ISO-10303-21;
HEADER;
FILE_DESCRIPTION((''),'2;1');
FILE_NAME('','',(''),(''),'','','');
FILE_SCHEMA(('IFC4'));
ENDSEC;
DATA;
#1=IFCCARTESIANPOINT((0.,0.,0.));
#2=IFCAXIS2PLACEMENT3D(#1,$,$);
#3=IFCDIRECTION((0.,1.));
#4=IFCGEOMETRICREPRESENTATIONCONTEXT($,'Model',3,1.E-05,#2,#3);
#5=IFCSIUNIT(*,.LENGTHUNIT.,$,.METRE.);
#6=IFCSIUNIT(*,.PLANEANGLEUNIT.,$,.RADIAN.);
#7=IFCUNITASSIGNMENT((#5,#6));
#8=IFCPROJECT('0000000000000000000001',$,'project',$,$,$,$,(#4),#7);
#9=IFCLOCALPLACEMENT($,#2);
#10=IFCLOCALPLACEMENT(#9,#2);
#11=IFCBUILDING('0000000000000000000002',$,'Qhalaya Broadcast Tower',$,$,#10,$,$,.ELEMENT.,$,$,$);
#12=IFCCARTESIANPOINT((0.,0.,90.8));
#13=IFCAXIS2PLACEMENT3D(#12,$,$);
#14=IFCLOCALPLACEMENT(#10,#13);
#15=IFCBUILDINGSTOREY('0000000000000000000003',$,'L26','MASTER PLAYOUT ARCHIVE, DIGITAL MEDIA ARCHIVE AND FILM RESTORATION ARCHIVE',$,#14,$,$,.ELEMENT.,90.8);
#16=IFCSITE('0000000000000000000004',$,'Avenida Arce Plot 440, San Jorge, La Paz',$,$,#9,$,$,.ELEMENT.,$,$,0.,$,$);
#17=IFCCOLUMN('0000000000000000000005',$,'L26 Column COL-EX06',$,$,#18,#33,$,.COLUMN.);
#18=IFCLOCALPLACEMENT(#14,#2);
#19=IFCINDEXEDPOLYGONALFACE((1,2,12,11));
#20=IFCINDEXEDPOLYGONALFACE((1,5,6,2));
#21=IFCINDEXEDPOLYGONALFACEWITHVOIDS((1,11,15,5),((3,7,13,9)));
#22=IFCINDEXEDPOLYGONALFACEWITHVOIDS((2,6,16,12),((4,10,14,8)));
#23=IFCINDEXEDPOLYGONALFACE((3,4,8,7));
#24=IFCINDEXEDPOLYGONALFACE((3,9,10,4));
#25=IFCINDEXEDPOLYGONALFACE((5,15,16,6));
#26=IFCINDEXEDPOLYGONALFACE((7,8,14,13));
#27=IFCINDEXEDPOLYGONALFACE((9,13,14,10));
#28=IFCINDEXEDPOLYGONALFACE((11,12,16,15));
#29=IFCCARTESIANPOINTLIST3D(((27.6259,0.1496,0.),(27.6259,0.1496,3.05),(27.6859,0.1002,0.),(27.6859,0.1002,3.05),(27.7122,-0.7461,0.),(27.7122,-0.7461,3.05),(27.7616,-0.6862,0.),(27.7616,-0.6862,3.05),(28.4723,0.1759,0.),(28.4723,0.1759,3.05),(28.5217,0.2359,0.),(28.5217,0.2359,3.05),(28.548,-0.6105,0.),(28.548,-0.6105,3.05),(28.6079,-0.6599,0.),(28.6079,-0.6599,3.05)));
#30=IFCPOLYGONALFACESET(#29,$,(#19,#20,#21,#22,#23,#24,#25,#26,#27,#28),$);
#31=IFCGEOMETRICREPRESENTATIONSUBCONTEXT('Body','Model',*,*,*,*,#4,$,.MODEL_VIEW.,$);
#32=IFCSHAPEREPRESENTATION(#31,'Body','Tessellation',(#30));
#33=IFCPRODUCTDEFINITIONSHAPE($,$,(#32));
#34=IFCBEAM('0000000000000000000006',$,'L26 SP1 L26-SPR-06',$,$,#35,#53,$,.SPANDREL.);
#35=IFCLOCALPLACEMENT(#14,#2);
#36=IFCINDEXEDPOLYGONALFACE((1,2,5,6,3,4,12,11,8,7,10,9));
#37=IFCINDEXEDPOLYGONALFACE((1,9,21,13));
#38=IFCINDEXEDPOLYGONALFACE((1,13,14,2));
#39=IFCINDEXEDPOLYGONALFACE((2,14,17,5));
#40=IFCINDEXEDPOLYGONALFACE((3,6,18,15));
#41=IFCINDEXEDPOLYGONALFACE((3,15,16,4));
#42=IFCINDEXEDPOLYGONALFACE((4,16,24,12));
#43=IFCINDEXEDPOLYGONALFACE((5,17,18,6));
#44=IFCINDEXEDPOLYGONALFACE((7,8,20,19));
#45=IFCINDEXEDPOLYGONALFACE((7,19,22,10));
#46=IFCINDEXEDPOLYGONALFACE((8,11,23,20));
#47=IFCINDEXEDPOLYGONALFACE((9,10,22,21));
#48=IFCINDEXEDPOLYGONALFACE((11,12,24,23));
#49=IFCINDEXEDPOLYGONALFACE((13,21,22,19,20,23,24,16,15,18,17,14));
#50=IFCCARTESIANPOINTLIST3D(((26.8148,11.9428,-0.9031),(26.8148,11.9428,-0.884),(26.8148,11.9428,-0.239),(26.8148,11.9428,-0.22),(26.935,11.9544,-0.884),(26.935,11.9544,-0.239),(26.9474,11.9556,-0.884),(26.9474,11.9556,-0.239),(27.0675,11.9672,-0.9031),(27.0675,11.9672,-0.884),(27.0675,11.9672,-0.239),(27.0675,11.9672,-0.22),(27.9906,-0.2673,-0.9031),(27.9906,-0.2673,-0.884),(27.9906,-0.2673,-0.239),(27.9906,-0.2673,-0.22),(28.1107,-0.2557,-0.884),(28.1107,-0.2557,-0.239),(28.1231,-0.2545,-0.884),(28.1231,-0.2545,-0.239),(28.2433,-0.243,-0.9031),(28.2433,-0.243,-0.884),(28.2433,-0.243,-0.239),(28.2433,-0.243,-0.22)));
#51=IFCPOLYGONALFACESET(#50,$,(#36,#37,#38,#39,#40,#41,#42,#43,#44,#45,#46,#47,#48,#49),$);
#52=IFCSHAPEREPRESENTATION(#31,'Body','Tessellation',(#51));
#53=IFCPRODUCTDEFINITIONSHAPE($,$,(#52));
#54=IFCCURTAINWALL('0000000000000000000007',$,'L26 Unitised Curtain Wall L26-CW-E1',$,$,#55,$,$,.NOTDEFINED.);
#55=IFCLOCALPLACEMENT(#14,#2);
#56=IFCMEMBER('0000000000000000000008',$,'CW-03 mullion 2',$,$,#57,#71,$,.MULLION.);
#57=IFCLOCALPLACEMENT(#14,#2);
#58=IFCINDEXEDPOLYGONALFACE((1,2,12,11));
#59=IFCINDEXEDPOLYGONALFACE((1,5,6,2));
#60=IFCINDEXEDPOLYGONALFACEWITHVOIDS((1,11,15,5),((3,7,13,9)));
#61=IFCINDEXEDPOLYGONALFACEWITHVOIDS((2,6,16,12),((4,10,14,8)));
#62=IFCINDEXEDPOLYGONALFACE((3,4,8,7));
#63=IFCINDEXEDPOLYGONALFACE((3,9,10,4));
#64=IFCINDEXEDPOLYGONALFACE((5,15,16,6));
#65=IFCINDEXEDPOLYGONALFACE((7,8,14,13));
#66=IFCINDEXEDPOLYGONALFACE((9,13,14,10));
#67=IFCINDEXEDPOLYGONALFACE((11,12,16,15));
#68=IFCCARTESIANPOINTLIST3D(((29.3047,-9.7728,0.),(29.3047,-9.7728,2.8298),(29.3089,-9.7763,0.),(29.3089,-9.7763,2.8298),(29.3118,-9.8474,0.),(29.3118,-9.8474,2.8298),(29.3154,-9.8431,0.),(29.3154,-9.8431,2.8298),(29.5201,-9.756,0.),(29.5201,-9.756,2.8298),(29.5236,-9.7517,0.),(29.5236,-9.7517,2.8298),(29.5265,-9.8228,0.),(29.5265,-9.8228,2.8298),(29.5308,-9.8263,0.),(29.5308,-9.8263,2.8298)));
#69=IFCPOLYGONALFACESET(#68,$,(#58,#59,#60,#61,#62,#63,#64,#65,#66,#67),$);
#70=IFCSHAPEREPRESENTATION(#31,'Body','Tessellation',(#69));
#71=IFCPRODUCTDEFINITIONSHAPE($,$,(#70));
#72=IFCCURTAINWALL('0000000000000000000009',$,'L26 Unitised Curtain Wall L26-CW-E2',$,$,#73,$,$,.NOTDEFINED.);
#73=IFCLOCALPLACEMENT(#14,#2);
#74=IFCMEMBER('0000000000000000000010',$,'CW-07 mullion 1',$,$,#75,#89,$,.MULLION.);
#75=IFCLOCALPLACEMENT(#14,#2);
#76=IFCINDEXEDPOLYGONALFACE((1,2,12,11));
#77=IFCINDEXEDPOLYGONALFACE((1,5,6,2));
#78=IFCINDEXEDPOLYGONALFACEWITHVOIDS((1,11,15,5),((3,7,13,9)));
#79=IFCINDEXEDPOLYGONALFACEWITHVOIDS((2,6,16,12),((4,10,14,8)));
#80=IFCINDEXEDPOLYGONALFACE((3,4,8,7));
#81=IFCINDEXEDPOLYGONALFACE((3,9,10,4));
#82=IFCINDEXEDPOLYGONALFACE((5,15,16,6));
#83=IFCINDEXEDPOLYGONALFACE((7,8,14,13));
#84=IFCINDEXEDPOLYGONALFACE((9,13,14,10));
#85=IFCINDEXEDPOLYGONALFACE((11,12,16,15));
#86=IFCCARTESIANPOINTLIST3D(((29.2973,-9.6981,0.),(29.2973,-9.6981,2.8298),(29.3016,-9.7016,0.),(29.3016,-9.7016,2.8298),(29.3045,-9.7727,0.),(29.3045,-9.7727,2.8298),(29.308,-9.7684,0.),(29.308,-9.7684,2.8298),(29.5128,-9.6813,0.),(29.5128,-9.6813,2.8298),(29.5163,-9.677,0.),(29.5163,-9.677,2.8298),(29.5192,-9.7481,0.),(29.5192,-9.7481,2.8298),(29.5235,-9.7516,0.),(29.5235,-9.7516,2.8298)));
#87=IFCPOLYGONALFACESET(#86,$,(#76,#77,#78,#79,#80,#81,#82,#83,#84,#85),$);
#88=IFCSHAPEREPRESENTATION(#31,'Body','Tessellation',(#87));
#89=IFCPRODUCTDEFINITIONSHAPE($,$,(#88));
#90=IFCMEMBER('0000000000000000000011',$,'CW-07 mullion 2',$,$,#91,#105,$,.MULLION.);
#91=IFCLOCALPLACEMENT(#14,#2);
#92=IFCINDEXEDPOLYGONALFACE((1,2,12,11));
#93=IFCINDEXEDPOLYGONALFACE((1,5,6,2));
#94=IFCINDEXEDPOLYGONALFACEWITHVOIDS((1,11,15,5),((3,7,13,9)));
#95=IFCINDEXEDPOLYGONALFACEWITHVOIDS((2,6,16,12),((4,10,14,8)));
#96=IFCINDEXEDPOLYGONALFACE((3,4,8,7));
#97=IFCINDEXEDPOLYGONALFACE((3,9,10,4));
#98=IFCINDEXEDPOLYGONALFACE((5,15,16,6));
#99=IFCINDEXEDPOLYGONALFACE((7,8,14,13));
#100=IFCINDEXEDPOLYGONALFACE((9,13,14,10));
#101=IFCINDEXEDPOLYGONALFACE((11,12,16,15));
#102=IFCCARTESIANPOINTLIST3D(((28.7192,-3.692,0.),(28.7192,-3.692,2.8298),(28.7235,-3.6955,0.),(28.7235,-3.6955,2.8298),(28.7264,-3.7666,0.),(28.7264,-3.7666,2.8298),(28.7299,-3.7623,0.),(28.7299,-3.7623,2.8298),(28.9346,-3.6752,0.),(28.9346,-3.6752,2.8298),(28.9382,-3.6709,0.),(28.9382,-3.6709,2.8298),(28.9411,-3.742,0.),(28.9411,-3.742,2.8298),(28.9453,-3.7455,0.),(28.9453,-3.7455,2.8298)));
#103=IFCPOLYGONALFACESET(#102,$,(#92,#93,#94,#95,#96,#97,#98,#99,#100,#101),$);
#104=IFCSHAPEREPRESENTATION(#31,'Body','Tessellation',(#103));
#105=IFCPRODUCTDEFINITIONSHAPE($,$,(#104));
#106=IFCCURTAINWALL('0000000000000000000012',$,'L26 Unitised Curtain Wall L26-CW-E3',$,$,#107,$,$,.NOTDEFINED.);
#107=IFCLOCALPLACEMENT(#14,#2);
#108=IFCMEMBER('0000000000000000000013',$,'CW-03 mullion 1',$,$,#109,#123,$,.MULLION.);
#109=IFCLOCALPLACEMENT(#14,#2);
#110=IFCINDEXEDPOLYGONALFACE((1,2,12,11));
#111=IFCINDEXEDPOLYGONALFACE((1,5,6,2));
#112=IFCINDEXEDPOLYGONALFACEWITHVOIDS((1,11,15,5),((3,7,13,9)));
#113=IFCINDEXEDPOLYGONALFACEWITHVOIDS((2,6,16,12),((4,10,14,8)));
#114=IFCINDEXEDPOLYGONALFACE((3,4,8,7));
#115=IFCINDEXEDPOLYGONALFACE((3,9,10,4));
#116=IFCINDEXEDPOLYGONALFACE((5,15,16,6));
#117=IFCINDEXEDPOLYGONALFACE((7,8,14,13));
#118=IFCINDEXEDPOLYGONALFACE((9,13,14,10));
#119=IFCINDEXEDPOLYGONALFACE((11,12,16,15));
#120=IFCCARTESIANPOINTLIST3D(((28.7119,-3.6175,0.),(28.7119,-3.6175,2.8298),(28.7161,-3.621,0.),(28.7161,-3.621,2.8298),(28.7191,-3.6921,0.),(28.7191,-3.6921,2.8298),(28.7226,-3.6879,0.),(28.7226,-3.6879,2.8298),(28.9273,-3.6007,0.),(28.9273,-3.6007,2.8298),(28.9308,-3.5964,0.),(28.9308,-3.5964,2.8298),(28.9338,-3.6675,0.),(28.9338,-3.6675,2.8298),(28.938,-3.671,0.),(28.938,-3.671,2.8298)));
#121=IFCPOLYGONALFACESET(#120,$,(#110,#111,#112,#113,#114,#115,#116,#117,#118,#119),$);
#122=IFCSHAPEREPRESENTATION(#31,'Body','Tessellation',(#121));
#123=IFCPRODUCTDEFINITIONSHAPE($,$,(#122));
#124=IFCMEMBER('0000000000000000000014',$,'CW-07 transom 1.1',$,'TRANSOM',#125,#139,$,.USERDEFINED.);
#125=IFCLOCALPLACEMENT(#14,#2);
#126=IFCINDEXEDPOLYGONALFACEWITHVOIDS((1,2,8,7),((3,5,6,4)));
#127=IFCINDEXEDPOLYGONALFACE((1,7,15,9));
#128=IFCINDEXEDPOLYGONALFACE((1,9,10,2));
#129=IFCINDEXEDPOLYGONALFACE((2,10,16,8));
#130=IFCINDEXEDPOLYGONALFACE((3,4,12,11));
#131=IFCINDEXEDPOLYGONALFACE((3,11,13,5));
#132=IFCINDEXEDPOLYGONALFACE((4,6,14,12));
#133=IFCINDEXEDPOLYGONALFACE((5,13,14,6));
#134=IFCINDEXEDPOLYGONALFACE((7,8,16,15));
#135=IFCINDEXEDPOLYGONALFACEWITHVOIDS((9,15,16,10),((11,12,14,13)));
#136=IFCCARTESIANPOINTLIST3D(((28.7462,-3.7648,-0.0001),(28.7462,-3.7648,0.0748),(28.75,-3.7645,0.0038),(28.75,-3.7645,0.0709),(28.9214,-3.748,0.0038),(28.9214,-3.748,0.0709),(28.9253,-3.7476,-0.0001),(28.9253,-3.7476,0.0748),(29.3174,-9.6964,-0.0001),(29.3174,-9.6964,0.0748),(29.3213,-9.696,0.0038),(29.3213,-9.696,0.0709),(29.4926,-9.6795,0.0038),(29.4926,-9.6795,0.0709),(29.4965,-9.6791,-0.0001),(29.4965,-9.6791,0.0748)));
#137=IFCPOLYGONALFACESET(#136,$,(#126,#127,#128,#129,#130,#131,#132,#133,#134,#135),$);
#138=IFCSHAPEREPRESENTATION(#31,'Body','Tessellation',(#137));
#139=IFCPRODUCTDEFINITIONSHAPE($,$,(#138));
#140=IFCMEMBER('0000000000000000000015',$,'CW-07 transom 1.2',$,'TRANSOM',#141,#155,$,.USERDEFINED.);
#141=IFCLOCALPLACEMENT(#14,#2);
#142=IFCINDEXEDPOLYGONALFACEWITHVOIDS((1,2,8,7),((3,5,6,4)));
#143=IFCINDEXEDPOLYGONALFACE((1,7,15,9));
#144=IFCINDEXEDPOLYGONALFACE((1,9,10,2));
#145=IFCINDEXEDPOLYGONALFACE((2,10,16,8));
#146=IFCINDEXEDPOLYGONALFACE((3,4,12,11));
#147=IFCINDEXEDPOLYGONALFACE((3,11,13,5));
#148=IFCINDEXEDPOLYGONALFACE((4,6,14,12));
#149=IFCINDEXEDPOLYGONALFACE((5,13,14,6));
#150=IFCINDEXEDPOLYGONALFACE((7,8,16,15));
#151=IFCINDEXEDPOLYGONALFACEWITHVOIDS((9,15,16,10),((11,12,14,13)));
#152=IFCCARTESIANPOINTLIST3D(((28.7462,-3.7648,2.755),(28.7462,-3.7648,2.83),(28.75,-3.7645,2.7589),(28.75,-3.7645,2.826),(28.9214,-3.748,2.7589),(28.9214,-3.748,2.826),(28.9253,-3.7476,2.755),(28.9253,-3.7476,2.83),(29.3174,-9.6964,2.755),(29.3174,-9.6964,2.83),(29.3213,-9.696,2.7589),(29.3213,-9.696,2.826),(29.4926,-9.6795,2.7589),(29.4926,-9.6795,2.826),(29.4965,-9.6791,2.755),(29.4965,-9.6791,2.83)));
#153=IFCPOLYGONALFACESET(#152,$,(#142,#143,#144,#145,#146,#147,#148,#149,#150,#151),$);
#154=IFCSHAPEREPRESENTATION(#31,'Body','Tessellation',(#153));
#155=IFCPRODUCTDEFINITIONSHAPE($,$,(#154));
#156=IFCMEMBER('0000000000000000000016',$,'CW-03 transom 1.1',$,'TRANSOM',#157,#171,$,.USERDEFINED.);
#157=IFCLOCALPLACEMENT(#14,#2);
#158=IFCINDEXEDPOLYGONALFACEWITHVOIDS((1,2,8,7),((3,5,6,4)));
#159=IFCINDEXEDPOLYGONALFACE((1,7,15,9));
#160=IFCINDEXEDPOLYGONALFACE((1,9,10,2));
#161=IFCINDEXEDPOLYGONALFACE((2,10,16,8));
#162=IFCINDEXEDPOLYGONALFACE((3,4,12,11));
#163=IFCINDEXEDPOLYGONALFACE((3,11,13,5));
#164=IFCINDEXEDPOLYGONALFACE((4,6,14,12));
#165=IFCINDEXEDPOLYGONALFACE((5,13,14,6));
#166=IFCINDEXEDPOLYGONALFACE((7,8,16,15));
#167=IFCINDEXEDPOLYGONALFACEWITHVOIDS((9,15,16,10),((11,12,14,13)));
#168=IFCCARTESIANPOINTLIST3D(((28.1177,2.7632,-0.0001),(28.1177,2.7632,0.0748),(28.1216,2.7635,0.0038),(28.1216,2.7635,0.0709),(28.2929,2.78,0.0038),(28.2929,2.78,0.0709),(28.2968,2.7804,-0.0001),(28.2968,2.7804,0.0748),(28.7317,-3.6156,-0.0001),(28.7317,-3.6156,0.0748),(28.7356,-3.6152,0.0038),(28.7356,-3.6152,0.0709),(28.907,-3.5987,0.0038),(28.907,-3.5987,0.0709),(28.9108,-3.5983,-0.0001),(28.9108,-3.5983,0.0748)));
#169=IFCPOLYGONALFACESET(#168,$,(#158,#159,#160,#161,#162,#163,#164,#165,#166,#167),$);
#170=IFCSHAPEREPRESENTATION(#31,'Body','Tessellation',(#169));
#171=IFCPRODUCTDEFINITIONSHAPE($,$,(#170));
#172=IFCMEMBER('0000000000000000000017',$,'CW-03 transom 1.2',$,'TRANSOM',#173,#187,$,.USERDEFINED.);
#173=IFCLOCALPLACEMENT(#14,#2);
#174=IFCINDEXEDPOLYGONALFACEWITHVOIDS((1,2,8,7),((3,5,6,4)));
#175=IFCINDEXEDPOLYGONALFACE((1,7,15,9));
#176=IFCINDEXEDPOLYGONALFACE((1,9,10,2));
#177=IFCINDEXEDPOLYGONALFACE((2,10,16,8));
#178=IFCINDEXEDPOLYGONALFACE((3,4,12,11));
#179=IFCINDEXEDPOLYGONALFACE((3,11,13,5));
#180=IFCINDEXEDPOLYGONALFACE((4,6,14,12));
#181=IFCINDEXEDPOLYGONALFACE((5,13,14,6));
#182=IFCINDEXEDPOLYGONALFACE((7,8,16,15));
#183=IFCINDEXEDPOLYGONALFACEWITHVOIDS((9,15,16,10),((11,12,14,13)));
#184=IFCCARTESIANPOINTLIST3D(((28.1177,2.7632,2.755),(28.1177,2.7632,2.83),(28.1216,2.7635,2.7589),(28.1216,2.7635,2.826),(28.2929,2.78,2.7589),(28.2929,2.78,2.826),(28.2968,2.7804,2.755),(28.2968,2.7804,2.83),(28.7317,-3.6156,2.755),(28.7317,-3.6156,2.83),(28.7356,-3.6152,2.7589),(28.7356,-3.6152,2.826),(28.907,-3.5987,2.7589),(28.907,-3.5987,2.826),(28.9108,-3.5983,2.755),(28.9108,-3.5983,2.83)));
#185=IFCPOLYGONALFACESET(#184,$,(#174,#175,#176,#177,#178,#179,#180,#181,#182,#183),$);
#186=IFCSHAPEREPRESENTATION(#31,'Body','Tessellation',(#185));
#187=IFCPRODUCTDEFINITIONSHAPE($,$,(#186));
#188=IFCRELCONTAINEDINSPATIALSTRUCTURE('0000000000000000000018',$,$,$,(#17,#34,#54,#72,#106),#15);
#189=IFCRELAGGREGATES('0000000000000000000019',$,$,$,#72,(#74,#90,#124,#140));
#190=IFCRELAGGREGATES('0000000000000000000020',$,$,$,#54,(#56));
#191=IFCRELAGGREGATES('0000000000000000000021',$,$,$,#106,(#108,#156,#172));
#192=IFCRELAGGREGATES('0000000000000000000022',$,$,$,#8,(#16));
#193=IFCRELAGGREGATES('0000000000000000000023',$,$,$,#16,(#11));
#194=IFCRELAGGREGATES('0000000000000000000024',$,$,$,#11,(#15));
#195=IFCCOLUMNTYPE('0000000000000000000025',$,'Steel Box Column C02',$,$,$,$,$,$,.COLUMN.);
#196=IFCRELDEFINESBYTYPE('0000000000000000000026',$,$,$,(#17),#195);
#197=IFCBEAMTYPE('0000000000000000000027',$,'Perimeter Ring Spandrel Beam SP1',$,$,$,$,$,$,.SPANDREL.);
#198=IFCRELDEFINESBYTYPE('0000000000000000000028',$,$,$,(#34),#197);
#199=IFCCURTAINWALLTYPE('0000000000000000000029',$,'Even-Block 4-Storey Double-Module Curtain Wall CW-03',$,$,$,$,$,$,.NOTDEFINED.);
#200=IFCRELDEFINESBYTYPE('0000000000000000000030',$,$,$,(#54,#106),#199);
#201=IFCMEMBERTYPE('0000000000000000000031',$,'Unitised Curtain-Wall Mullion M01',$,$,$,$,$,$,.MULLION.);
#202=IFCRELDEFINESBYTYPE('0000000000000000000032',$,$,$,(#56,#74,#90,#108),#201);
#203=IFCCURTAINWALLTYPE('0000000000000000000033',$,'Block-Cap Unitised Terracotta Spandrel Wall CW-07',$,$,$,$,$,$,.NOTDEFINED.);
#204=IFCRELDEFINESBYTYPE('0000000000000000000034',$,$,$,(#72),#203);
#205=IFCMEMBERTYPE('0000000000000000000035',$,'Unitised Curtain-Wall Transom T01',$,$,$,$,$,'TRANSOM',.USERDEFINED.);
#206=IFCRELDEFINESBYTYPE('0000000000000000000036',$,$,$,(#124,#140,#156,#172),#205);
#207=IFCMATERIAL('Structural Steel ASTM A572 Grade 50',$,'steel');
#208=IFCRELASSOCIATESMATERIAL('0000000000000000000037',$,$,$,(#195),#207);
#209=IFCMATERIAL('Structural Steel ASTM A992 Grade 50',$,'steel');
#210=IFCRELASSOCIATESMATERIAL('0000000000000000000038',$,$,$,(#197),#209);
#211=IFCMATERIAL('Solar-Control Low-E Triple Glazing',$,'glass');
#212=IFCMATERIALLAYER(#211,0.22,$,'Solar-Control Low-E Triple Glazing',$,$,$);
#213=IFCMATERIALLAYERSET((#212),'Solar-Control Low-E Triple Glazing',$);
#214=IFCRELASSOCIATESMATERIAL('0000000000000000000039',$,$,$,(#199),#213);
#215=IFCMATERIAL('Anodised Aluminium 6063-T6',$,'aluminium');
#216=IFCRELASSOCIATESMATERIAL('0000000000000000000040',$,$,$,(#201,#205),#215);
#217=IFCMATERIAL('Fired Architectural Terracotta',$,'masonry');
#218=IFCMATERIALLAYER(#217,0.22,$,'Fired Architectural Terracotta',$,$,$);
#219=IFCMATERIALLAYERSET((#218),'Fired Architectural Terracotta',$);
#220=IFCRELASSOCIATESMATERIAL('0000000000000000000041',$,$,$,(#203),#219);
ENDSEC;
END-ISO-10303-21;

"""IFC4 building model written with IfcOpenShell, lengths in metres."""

from ifc_helpers import new_model, si_unit, direction, frame, origin, origin_2d, place, context, subcontext, project, spatial, hollow_rectangle, i_section, extrude, material, layer, layer_set, material_profile, profile_set, type_object, element, aggregate, save


model = new_model("IFC4")

# Units and contexts
model_context = context("Model", 3, precision=1e-05, world=origin(), true_north=direction((0.0, 1.0)))
body_context = subcontext(model_context, "Body", "Model", "MODEL_VIEW")
ifc_project = project(units=[si_unit("LENGTHUNIT", "METRE"), si_unit("PLANEANGLEUNIT", "RADIAN")], contexts=[model_context])

# Site, building, storey
site_placement = place(None, origin())
site = spatial("IfcSite", under=ifc_project, at=site_placement, Name="Avenida Arce Plot 440, San Jorge, La Paz", CompositionType="ELEMENT", RefElevation=0.0)
building_placement = place(site_placement, origin())
building = spatial("IfcBuilding", under=site, at=building_placement, Name="Qhalaya Broadcast Tower", CompositionType="ELEMENT")
storey_placement = place(building_placement, frame((0.0, 0.0, 90.8)))
storey = spatial("IfcBuildingStorey", under=building, at=storey_placement, Name="L26", Description="MASTER PLAYOUT ARCHIVE, DIGITAL MEDIA ARCHIVE AND FILM RESTORATION ARCHIVE", CompositionType="ELEMENT", Elevation=90.8)

# Column
ifc_material_1 = material(Name="Structural Steel ASTM A572 Grade 50", Category="steel")
ifc_material_profile_1 = material_profile(ifc_material_1, hollow_rectangle(XDim=0.8999, YDim=0.8999, WallThickness=0.0549, at=origin_2d()), Name="BOX 900x900x55")
ifc_profile_set_1 = profile_set([ifc_material_profile_1], Name="Structural Steel ASTM A572 Grade 50")
column_type = type_object("IfcColumnType", Name="Steel Box Column C02", PredefinedType="COLUMN", material=ifc_profile_set_1)
column_placement = place(storey_placement, frame((28.1169, -0.2551, 0.0), z_axis=(0.0, 0.0, 1.0), x_axis=(-0.095846, 0.995396, 0.0)))
element("IfcColumn", 1, at=column_placement, inside=storey, type_object=column_type, Name="L26 Column COL-EX06", PredefinedType="COLUMN", context=body_context, shape_type="SweptSolid", body=[
    extrude(hollow_rectangle(XDim=0.8999, YDim=0.8999, WallThickness=0.0549, at=origin_2d()), origin(), (0.0, 0.0, 1.0), 3.05),
])

# Beam
ifc_material_2 = material(Name="Structural Steel ASTM A992 Grade 50", Category="steel")
ifc_material_profile_2 = material_profile(ifc_material_2, i_section(OverallWidth=0.2539, OverallDepth=0.6831, WebThickness=0.0125, FlangeThickness=0.019, at=origin_2d()), Name="W27X94")
ifc_profile_set_2 = profile_set([ifc_material_profile_2], Name="Structural Steel ASTM A992 Grade 50")
beam_type = type_object("IfcBeamType", Name="Perimeter Ring Spandrel Beam SP1", PredefinedType="SPANDREL", material=ifc_profile_set_2)
beam_placement = place(storey_placement, frame((28.1169, -0.2551, -0.5615), z_axis=(-0.095852, 0.995396, 0.0), x_axis=(-0.995396, -0.095852, 0.0)))
element("IfcBeam", 2, at=beam_placement, inside=storey, type_object=beam_type, Name="L26 SP1 L26-SPR-06", PredefinedType="SPANDREL", context=body_context, shape_type="SweptSolid", body=[
    extrude(i_section(OverallWidth=0.2539, OverallDepth=0.6831, WebThickness=0.0125, FlangeThickness=0.019, at=origin_2d()), origin(), (0.0, 0.0, 1.0), 12.2666),
])

# Curtain wall, member
ifc_material_3 = material(Name="Solar-Control Low-E Triple Glazing", Category="glass")
ifc_layer_1 = layer(ifc_material_3, 0.22, Name="Solar-Control Low-E Triple Glazing")
ifc_layer_set_1 = layer_set([ifc_layer_1], Name="Solar-Control Low-E Triple Glazing")
curtain_wall_type_1 = type_object("IfcCurtainWallType", Name="Even-Block 4-Storey Double-Module Curtain Wall CW-03", PredefinedType="NOTDEFINED", material=ifc_layer_set_1)
curtain_wall_1_placement = place(storey_placement, origin())
curtain_wall_1 = element("IfcCurtainWall", 3, at=curtain_wall_1_placement, inside=storey, type_object=curtain_wall_type_1, Name="L26 Unitised Curtain Wall L26-CW-E1", PredefinedType="NOTDEFINED")
ifc_material_4 = material(Name="Anodised Aluminium 6063-T6", Category="aluminium")
ifc_material_profile_3 = material_profile(ifc_material_4, hollow_rectangle(XDim=0.075, YDim=0.22, WallThickness=0.0039, at=origin_2d()), Name="ALU-MUL 75x220x4")
ifc_profile_set_3 = profile_set([ifc_material_profile_3], Name="Anodised Aluminium 6063-T6")
member_type_1 = type_object("IfcMemberType", Name="Unitised Curtain-Wall Mullion M01", PredefinedType="MULLION", material=ifc_profile_set_3)
member_1_placement = place(storey_placement, frame((29.4177, -9.7996, 0.0), z_axis=(0.0, 0.0, 1.0), x_axis=(-0.095858, 0.995395, 0.0)))
member_1 = element("IfcMember", 4, at=member_1_placement, type_object=member_type_1, Name="CW-03 mullion 2", PredefinedType="MULLION", context=body_context, shape_type="SweptSolid", body=[
    extrude(hollow_rectangle(XDim=0.075, YDim=0.22, WallThickness=0.0039, at=origin_2d()), origin(), (0.0, 0.0, 1.0), 2.8298),
])

# Curtain wall, members
ifc_material_5 = material(Name="Fired Architectural Terracotta", Category="masonry")
ifc_layer_2 = layer(ifc_material_5, 0.22, Name="Fired Architectural Terracotta")
ifc_layer_set_2 = layer_set([ifc_layer_2], Name="Fired Architectural Terracotta")
curtain_wall_type_2 = type_object("IfcCurtainWallType", Name="Block-Cap Unitised Terracotta Spandrel Wall CW-07", PredefinedType="NOTDEFINED", material=ifc_layer_set_2)
curtain_wall_2_placement = place(storey_placement, origin())
curtain_wall_2 = element("IfcCurtainWall", 5, at=curtain_wall_2_placement, inside=storey, type_object=curtain_wall_type_2, Name="L26 Unitised Curtain Wall L26-CW-E2", PredefinedType="NOTDEFINED")
member_2_placement = place(storey_placement, frame((29.4104, -9.7249, 0.0), z_axis=(0.0, 0.0, 1.0), x_axis=(-0.095843, 0.995396, 0.0)))
member_2 = element("IfcMember", 6, at=member_2_placement, type_object=member_type_1, Name="CW-07 mullion 1", PredefinedType="MULLION", context=body_context, shape_type="SweptSolid", body=[
    extrude(hollow_rectangle(XDim=0.075, YDim=0.22, WallThickness=0.0039, at=origin_2d()), origin(), (0.0, 0.0, 1.0), 2.8298),
])
member_3_placement = place(storey_placement, frame((28.8323, -3.7188, 0.0), z_axis=(0.0, 0.0, 1.0), x_axis=(-0.095843, 0.995396, 0.0)))
member_3 = element("IfcMember", 7, at=member_3_placement, type_object=member_type_1, Name="CW-07 mullion 2", PredefinedType="MULLION", context=body_context, shape_type="SweptSolid", body=[
    extrude(hollow_rectangle(XDim=0.075, YDim=0.22, WallThickness=0.0039, at=origin_2d()), origin(), (0.0, 0.0, 1.0), 2.8298),
])

# Curtain wall, member
curtain_wall_3_placement = place(storey_placement, origin())
curtain_wall_3 = element("IfcCurtainWall", 8, at=curtain_wall_3_placement, inside=storey, type_object=curtain_wall_type_1, Name="L26 Unitised Curtain Wall L26-CW-E3", PredefinedType="NOTDEFINED")
member_4_placement = place(storey_placement, frame((28.825, -3.6443, 0.0), z_axis=(0.0, 0.0, 1.0), x_axis=(-0.095852, 0.995396, 0.0)))
member_4 = element("IfcMember", 9, at=member_4_placement, type_object=member_type_1, Name="CW-03 mullion 1", PredefinedType="MULLION", context=body_context, shape_type="SweptSolid", body=[
    extrude(hollow_rectangle(XDim=0.075, YDim=0.22, WallThickness=0.0039, at=origin_2d()), origin(), (0.0, 0.0, 1.0), 2.8298),
])

# Members
ifc_material_profile_4 = material_profile(ifc_material_4, hollow_rectangle(XDim=0.075, YDim=0.1799, WallThickness=0.0039, at=origin_2d()), Name="ALU-TRN 75x180x4")
ifc_profile_set_4 = profile_set([ifc_material_profile_4], Name="Anodised Aluminium 6063-T6")
member_type_2 = type_object("IfcMemberType", Name="Unitised Curtain-Wall Transom T01", ElementType="TRANSOM", PredefinedType="USERDEFINED", material=ifc_profile_set_4)
member_5_placement = place(storey_placement, frame((29.407, -9.6877, 0.0374), z_axis=(-0.095869, 0.995394, 0.0), x_axis=(0.0, 0.0, 1.0)))
member_5 = element("IfcMember", 10, at=member_5_placement, type_object=member_type_2, Name="CW-07 transom 1.1", ObjectType="TRANSOM", PredefinedType="USERDEFINED", context=body_context, shape_type="SweptSolid", body=[
    extrude(hollow_rectangle(XDim=0.075, YDim=0.1799, WallThickness=0.0039, at=origin_2d()), origin(), (0.0, 0.0, 1.0), 5.959),
])
member_6_placement = place(storey_placement, frame((29.407, -9.6877, 2.7925), z_axis=(-0.095869, 0.995394, 0.0), x_axis=(0.0, 0.0, 1.0)))
member_6 = element("IfcMember", 11, at=member_6_placement, type_object=member_type_2, Name="CW-07 transom 1.2", ObjectType="TRANSOM", PredefinedType="USERDEFINED", context=body_context, shape_type="SweptSolid", body=[
    extrude(hollow_rectangle(XDim=0.075, YDim=0.1799, WallThickness=0.0039, at=origin_2d()), origin(), (0.0, 0.0, 1.0), 5.959),
])
member_7_placement = place(storey_placement, frame((28.8213, -3.6069, 0.0374), z_axis=(-0.095818, 0.995399, 0.0), x_axis=(0.0, 0.0, 1.0)))
member_7 = element("IfcMember", 12, at=member_7_placement, type_object=member_type_2, Name="CW-03 transom 1.1", ObjectType="TRANSOM", PredefinedType="USERDEFINED", context=body_context, shape_type="SweptSolid", body=[
    extrude(hollow_rectangle(XDim=0.075, YDim=0.1799, WallThickness=0.0039, at=origin_2d()), origin(), (0.0, 0.0, 1.0), 6.4082),
])
member_8_placement = place(storey_placement, frame((28.8213, -3.6069, 2.7925), z_axis=(-0.095818, 0.995399, 0.0), x_axis=(0.0, 0.0, 1.0)))
member_8 = element("IfcMember", 13, at=member_8_placement, type_object=member_type_2, Name="CW-03 transom 1.2", ObjectType="TRANSOM", PredefinedType="USERDEFINED", context=body_context, shape_type="SweptSolid", body=[
    extrude(hollow_rectangle(XDim=0.075, YDim=0.1799, WallThickness=0.0039, at=origin_2d()), origin(), (0.0, 0.0, 1.0), 6.4082),
])

aggregate(curtain_wall_2, [member_2, member_3, member_5, member_6])
aggregate(curtain_wall_1, [member_1])
aggregate(curtain_wall_3, [member_4, member_7, member_8])

save(model, "model.ifc")
